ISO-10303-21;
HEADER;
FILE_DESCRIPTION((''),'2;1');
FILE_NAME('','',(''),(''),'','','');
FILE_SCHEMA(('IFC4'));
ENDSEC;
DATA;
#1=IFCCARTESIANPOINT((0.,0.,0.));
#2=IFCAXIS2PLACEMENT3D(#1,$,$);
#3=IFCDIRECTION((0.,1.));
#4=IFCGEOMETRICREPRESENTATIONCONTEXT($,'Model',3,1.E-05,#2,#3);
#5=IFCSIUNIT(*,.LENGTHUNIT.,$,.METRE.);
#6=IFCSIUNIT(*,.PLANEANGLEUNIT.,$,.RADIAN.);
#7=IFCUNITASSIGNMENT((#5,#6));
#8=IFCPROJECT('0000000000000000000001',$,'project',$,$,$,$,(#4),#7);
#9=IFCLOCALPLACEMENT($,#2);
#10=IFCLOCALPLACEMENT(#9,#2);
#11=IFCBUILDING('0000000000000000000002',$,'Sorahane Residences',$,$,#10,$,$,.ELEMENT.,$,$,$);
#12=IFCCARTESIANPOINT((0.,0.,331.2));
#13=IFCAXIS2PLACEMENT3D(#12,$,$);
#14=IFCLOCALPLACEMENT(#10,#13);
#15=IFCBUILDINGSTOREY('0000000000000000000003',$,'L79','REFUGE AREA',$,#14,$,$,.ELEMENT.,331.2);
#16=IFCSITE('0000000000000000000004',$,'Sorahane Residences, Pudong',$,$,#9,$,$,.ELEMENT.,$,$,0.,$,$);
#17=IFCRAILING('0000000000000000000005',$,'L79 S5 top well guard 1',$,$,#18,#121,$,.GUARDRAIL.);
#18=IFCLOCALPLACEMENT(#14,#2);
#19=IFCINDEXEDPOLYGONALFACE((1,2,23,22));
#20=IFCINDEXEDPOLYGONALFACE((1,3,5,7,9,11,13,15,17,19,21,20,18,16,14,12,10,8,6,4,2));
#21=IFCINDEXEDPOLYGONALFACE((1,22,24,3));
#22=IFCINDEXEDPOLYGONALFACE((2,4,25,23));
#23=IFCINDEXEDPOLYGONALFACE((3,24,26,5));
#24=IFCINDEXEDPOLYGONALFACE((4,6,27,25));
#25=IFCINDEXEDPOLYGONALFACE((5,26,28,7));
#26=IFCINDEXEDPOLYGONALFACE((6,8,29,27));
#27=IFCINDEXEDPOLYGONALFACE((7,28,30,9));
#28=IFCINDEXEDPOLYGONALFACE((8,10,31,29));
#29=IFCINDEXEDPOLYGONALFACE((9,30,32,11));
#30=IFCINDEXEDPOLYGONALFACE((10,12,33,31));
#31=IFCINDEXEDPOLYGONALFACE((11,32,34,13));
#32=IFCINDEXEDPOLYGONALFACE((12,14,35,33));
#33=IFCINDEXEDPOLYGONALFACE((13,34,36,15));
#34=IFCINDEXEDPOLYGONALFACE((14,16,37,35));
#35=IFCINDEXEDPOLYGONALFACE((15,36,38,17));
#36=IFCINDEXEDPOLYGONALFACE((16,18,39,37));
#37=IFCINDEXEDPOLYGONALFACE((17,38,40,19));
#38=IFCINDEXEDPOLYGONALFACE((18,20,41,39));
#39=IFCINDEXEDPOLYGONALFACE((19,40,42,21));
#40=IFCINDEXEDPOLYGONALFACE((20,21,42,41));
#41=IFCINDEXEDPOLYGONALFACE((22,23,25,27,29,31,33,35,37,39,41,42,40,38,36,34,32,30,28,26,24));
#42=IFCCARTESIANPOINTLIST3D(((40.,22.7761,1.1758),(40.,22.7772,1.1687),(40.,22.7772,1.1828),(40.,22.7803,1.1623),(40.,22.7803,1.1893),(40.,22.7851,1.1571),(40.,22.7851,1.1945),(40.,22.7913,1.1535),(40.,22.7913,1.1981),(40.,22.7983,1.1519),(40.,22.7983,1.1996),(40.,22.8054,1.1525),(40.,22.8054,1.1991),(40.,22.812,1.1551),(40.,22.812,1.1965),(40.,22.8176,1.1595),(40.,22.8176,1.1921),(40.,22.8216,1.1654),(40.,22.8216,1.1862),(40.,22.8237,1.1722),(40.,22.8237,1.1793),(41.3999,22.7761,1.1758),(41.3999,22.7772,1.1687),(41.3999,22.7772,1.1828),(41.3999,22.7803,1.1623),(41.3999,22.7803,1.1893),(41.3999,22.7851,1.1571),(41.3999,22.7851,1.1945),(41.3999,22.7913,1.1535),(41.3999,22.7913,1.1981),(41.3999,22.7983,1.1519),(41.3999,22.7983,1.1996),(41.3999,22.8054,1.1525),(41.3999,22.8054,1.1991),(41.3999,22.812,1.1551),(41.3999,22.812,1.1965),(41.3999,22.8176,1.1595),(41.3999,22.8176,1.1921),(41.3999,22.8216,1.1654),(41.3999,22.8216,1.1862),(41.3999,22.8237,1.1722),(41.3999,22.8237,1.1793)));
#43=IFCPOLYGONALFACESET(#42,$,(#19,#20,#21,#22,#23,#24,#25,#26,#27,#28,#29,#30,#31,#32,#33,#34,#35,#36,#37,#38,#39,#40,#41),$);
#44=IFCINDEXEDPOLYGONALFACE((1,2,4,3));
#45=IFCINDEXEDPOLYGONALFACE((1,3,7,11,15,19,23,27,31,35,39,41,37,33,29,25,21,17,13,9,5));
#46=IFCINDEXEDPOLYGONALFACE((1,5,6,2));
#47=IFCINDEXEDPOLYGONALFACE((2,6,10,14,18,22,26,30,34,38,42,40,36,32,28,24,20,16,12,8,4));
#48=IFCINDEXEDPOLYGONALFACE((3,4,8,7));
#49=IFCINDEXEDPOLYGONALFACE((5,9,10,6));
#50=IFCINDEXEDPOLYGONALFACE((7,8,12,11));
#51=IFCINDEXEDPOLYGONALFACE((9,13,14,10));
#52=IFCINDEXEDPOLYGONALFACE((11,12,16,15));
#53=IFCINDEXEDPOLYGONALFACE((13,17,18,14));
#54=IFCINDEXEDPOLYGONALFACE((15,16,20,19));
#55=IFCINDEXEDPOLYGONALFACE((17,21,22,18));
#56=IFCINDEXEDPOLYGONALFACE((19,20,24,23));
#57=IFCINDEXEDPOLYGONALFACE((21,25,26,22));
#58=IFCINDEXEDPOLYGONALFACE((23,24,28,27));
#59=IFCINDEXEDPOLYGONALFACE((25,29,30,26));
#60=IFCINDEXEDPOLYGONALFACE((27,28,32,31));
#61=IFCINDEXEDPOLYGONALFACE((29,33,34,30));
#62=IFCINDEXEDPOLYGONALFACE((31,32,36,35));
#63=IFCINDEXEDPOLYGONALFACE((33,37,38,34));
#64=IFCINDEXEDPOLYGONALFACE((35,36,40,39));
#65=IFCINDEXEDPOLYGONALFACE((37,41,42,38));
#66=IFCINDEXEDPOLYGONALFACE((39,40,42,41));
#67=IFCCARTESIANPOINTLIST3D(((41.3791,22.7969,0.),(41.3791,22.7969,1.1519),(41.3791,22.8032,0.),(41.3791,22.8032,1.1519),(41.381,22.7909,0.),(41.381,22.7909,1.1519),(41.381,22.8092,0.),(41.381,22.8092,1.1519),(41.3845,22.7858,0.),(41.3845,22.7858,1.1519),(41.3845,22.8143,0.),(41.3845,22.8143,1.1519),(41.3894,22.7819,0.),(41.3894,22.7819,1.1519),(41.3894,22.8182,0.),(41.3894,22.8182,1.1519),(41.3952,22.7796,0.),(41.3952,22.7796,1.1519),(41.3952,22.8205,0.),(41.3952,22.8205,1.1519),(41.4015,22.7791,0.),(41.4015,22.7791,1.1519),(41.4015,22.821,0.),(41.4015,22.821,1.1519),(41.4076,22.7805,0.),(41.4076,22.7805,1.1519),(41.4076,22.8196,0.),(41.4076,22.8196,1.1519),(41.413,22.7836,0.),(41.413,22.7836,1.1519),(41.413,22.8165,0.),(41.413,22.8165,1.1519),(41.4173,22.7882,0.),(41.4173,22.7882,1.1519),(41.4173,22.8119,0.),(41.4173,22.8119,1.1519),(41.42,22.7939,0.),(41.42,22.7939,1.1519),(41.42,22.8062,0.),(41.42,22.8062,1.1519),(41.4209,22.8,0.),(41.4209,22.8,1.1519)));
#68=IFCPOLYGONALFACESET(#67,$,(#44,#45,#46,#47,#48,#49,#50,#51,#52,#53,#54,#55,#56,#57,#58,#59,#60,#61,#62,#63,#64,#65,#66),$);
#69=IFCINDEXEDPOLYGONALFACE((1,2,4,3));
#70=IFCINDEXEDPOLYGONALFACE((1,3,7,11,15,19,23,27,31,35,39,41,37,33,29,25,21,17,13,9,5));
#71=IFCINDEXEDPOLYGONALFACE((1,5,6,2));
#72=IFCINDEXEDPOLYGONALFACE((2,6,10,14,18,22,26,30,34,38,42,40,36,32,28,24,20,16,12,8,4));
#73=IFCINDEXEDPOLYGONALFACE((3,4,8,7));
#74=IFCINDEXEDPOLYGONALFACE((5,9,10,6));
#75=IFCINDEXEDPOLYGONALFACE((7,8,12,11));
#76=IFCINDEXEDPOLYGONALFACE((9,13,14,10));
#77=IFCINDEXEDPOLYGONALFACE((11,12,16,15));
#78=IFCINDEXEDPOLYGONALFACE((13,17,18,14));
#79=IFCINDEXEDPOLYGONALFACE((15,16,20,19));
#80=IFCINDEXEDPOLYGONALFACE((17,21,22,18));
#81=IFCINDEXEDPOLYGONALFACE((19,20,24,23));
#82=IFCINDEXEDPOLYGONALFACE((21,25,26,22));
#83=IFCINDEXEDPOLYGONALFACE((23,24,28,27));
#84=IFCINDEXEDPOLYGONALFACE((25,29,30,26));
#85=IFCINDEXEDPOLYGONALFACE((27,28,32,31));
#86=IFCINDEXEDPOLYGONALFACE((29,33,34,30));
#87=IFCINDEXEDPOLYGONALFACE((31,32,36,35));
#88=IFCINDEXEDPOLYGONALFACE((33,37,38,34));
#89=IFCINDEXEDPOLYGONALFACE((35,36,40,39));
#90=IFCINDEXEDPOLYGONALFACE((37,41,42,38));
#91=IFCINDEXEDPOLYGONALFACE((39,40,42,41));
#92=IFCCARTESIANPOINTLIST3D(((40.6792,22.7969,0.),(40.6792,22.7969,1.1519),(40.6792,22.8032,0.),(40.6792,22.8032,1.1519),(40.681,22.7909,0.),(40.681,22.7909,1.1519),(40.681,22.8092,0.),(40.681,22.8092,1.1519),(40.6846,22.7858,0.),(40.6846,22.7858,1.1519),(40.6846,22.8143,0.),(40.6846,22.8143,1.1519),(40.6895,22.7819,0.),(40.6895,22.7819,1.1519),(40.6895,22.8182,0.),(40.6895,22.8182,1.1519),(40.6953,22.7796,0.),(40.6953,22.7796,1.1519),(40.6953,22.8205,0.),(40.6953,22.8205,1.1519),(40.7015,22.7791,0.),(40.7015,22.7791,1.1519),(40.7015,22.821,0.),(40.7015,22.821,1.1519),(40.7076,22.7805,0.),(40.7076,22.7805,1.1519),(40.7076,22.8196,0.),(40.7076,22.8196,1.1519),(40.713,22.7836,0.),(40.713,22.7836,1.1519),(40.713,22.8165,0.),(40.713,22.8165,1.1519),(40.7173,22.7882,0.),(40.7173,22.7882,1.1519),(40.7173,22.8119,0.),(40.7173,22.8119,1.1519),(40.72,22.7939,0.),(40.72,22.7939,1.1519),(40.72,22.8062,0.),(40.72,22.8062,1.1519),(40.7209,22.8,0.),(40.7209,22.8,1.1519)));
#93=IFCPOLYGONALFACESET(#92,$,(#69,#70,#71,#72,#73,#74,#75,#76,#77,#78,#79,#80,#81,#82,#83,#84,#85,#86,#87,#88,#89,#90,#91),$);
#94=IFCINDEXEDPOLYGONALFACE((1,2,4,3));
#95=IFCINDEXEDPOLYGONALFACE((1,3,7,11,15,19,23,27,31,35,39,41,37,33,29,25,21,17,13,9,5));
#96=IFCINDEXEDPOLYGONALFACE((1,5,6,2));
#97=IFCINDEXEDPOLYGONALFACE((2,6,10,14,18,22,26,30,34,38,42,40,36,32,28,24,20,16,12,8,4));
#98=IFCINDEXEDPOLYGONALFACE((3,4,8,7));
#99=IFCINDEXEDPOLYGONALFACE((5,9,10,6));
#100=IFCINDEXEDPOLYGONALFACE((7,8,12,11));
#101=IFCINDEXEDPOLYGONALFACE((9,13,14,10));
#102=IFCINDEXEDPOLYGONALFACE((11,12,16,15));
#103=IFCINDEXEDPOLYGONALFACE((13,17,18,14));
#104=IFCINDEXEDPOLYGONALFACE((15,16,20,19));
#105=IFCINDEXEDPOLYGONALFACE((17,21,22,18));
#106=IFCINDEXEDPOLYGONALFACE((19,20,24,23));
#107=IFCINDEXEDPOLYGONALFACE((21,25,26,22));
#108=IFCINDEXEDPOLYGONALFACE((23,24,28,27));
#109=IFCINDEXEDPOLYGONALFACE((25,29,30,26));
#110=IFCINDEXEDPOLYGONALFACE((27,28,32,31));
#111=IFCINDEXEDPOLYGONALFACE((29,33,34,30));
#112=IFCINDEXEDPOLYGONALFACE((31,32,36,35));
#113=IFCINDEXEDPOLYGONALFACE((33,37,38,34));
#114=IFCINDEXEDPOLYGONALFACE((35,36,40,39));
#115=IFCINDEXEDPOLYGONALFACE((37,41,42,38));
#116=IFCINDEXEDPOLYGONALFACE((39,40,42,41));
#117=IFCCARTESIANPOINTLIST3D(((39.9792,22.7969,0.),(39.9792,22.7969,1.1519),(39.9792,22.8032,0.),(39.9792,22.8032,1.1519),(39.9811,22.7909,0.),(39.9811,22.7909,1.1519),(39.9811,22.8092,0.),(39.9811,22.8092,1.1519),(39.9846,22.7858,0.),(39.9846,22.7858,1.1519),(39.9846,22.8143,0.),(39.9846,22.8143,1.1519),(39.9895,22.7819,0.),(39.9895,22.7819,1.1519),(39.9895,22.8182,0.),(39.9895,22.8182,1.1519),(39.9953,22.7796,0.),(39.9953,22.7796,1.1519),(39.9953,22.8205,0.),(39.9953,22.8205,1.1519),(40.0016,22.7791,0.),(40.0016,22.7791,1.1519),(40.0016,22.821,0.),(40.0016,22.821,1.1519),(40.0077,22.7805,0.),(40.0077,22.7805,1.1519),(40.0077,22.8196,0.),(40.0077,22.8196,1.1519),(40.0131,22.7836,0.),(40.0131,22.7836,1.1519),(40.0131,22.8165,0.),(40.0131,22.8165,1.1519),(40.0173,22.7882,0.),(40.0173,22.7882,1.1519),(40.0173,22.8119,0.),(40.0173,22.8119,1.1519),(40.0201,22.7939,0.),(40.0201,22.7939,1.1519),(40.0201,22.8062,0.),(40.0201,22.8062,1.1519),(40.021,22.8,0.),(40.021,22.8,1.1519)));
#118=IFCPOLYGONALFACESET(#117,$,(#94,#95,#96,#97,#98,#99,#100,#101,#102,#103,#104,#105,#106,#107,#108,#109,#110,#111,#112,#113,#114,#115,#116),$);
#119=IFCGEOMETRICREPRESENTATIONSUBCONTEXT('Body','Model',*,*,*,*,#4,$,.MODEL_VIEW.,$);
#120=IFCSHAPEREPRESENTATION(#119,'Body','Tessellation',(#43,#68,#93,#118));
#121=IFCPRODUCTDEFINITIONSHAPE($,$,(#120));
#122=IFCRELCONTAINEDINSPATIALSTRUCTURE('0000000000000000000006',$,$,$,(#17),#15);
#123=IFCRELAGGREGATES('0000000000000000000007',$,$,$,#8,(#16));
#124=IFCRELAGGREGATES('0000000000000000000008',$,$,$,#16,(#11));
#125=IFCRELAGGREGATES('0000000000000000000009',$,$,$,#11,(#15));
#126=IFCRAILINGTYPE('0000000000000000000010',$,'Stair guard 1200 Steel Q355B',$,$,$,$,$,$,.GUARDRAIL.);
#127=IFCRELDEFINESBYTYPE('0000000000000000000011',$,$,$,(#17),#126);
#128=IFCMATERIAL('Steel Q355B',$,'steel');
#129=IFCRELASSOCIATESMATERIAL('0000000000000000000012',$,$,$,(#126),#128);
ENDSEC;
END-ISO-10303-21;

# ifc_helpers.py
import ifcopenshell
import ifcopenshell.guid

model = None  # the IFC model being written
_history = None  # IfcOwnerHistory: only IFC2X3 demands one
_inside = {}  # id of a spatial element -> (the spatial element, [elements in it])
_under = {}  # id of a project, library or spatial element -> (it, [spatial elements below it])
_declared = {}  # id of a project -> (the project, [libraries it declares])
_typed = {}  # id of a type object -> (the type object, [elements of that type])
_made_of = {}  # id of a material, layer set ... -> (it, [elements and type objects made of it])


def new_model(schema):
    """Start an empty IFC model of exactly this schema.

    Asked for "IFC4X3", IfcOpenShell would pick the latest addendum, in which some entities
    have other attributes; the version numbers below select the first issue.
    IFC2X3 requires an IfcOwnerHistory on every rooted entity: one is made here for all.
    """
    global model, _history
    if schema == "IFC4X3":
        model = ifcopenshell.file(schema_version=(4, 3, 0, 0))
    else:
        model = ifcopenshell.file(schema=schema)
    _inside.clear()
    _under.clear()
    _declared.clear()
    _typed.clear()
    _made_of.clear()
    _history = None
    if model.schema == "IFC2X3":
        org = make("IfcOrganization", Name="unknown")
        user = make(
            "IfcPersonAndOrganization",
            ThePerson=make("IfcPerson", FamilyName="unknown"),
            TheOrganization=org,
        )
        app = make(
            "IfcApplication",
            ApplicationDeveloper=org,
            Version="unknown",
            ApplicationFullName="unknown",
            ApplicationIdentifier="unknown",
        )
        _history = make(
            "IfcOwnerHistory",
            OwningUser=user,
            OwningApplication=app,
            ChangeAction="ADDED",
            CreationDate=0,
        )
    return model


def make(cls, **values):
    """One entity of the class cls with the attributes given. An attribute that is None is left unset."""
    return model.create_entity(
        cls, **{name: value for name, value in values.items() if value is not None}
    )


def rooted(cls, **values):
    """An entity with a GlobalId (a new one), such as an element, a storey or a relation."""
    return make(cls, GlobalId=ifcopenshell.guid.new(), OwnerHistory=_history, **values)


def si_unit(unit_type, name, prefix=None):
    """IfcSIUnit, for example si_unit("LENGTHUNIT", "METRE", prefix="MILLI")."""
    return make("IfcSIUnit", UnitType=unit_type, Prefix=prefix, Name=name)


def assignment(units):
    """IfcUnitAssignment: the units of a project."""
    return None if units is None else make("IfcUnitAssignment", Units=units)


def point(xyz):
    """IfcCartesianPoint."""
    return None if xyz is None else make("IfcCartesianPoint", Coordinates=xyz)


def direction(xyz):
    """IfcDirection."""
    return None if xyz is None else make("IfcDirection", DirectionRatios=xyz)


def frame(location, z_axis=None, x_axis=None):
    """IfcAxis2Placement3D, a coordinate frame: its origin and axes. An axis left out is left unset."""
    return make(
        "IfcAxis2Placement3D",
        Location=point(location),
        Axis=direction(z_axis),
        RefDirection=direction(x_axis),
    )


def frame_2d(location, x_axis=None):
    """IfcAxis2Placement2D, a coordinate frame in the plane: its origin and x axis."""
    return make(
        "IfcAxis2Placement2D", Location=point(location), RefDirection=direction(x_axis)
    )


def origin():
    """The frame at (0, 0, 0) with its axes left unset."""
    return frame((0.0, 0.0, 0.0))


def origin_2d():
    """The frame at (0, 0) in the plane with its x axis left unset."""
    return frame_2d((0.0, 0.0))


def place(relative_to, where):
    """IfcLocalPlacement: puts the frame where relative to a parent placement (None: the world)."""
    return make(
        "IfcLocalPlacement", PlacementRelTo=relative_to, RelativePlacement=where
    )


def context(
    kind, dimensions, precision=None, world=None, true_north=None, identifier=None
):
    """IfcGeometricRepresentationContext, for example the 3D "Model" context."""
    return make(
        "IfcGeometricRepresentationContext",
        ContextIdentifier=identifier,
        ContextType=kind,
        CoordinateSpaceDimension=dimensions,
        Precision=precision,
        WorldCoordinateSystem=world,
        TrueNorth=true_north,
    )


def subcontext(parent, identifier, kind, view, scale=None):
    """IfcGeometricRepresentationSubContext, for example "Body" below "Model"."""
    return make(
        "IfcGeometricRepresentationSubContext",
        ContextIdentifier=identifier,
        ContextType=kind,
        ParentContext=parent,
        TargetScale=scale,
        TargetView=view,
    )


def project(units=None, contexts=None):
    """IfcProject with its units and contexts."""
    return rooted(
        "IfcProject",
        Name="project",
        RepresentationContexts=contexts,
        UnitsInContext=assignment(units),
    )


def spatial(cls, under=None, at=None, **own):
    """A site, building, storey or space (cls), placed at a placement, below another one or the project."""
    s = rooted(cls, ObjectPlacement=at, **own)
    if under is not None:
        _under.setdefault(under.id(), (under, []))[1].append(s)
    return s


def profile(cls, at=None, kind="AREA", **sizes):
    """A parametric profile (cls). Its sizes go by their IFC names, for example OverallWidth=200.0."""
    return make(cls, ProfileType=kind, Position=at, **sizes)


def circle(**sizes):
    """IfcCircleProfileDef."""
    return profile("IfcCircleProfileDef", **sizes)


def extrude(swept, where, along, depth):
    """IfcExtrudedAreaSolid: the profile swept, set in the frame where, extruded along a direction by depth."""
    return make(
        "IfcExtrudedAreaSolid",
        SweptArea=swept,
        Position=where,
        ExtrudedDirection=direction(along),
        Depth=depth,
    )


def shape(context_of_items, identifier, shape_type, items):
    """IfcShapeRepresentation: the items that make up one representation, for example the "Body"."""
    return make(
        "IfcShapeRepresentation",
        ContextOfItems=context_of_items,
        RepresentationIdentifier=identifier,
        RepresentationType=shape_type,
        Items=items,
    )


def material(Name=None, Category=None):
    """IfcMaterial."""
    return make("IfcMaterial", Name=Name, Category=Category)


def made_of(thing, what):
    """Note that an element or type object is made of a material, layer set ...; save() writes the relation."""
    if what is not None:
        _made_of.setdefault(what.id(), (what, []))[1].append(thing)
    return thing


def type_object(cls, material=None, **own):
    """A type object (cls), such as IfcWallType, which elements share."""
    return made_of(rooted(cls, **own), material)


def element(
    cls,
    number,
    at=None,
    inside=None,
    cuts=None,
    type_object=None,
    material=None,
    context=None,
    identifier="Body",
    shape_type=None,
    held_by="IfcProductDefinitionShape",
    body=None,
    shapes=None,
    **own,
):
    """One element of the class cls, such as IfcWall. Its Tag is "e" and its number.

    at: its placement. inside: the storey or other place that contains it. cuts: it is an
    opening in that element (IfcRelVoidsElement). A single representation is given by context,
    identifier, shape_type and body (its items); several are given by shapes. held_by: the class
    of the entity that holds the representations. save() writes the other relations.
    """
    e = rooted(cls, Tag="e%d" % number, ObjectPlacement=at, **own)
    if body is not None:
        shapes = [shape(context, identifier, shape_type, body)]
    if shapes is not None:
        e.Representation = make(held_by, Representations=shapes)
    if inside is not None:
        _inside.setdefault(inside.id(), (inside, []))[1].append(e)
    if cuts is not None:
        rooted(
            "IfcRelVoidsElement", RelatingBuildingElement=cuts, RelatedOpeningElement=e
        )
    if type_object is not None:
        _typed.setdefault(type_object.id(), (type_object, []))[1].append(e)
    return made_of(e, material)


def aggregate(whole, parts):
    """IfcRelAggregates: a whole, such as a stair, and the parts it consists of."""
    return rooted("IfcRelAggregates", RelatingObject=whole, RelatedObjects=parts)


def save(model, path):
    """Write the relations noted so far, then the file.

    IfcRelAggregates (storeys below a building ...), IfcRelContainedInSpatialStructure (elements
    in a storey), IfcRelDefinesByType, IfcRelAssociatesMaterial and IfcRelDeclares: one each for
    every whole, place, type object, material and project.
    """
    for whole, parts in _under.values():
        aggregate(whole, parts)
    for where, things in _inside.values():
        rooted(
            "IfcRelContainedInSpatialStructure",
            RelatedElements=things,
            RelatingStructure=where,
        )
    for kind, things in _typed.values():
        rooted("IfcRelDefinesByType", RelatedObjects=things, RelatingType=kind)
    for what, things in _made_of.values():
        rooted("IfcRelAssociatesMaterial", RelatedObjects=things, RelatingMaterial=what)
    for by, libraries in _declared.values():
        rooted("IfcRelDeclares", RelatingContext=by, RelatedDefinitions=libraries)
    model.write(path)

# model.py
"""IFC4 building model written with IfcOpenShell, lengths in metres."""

from ifc_helpers import new_model, si_unit, direction, frame, origin, origin_2d, place, context, subcontext, project, spatial, circle, extrude, material, type_object, element, save


model = new_model("IFC4")

# Units and contexts
model_context = context("Model", 3, precision=1e-05, world=origin(), true_north=direction((0.0, 1.0)))
body_context = subcontext(model_context, "Body", "Model", "MODEL_VIEW")
ifc_project = project(units=[si_unit("LENGTHUNIT", "METRE"), si_unit("PLANEANGLEUNIT", "RADIAN")], contexts=[model_context])

# Site, building, storey
site_placement = place(None, origin())
site = spatial("IfcSite", under=ifc_project, at=site_placement, Name="Sorahane Residences, Pudong", CompositionType="ELEMENT", RefElevation=0.0)
building_placement = place(site_placement, origin())
building = spatial("IfcBuilding", under=site, at=building_placement, Name="Sorahane Residences", CompositionType="ELEMENT")
storey_placement = place(building_placement, frame((0.0, 0.0, 331.2)))
storey = spatial("IfcBuildingStorey", under=building, at=storey_placement, Name="L79", Description="REFUGE AREA", CompositionType="ELEMENT", Elevation=331.2)

# Railing
ifc_material_1 = material(Name="Steel Q355B", Category="steel")
railing_type_1 = type_object("IfcRailingType", Name="Stair guard 1200 Steel Q355B", PredefinedType="GUARDRAIL", material=ifc_material_1)
railing_1_placement = place(storey_placement, frame((41.3999, 22.8, 0.0)))
element("IfcRailing", 1, at=railing_1_placement, inside=storey, type_object=railing_type_1, Name="L79 S5 top well guard 1", PredefinedType="GUARDRAIL", context=body_context, shape_type="SweptSolid", body=[
    extrude(circle(Radius=0.0239, at=origin_2d()), frame((0.0, 0.0, 1.1758), z_axis=(-1.0, 0.0, 0.0), x_axis=(0.0, -1.0, 0.0)), (0.0, 0.0, 1.0), 1.3999),
    extrude(circle(Radius=0.021, at=origin_2d()), origin(), (0.0, 0.0, 1.0), 1.1519),
    extrude(circle(Radius=0.021, at=origin_2d()), frame((-0.7, 0.0, 0.0)), (0.0, 0.0, 1.0), 1.1519),
    extrude(circle(Radius=0.021, at=origin_2d()), frame((-1.3999, 0.0, 0.0)), (0.0, 0.0, 1.0), 1.1519),
])

save(model, "model.ifc")
